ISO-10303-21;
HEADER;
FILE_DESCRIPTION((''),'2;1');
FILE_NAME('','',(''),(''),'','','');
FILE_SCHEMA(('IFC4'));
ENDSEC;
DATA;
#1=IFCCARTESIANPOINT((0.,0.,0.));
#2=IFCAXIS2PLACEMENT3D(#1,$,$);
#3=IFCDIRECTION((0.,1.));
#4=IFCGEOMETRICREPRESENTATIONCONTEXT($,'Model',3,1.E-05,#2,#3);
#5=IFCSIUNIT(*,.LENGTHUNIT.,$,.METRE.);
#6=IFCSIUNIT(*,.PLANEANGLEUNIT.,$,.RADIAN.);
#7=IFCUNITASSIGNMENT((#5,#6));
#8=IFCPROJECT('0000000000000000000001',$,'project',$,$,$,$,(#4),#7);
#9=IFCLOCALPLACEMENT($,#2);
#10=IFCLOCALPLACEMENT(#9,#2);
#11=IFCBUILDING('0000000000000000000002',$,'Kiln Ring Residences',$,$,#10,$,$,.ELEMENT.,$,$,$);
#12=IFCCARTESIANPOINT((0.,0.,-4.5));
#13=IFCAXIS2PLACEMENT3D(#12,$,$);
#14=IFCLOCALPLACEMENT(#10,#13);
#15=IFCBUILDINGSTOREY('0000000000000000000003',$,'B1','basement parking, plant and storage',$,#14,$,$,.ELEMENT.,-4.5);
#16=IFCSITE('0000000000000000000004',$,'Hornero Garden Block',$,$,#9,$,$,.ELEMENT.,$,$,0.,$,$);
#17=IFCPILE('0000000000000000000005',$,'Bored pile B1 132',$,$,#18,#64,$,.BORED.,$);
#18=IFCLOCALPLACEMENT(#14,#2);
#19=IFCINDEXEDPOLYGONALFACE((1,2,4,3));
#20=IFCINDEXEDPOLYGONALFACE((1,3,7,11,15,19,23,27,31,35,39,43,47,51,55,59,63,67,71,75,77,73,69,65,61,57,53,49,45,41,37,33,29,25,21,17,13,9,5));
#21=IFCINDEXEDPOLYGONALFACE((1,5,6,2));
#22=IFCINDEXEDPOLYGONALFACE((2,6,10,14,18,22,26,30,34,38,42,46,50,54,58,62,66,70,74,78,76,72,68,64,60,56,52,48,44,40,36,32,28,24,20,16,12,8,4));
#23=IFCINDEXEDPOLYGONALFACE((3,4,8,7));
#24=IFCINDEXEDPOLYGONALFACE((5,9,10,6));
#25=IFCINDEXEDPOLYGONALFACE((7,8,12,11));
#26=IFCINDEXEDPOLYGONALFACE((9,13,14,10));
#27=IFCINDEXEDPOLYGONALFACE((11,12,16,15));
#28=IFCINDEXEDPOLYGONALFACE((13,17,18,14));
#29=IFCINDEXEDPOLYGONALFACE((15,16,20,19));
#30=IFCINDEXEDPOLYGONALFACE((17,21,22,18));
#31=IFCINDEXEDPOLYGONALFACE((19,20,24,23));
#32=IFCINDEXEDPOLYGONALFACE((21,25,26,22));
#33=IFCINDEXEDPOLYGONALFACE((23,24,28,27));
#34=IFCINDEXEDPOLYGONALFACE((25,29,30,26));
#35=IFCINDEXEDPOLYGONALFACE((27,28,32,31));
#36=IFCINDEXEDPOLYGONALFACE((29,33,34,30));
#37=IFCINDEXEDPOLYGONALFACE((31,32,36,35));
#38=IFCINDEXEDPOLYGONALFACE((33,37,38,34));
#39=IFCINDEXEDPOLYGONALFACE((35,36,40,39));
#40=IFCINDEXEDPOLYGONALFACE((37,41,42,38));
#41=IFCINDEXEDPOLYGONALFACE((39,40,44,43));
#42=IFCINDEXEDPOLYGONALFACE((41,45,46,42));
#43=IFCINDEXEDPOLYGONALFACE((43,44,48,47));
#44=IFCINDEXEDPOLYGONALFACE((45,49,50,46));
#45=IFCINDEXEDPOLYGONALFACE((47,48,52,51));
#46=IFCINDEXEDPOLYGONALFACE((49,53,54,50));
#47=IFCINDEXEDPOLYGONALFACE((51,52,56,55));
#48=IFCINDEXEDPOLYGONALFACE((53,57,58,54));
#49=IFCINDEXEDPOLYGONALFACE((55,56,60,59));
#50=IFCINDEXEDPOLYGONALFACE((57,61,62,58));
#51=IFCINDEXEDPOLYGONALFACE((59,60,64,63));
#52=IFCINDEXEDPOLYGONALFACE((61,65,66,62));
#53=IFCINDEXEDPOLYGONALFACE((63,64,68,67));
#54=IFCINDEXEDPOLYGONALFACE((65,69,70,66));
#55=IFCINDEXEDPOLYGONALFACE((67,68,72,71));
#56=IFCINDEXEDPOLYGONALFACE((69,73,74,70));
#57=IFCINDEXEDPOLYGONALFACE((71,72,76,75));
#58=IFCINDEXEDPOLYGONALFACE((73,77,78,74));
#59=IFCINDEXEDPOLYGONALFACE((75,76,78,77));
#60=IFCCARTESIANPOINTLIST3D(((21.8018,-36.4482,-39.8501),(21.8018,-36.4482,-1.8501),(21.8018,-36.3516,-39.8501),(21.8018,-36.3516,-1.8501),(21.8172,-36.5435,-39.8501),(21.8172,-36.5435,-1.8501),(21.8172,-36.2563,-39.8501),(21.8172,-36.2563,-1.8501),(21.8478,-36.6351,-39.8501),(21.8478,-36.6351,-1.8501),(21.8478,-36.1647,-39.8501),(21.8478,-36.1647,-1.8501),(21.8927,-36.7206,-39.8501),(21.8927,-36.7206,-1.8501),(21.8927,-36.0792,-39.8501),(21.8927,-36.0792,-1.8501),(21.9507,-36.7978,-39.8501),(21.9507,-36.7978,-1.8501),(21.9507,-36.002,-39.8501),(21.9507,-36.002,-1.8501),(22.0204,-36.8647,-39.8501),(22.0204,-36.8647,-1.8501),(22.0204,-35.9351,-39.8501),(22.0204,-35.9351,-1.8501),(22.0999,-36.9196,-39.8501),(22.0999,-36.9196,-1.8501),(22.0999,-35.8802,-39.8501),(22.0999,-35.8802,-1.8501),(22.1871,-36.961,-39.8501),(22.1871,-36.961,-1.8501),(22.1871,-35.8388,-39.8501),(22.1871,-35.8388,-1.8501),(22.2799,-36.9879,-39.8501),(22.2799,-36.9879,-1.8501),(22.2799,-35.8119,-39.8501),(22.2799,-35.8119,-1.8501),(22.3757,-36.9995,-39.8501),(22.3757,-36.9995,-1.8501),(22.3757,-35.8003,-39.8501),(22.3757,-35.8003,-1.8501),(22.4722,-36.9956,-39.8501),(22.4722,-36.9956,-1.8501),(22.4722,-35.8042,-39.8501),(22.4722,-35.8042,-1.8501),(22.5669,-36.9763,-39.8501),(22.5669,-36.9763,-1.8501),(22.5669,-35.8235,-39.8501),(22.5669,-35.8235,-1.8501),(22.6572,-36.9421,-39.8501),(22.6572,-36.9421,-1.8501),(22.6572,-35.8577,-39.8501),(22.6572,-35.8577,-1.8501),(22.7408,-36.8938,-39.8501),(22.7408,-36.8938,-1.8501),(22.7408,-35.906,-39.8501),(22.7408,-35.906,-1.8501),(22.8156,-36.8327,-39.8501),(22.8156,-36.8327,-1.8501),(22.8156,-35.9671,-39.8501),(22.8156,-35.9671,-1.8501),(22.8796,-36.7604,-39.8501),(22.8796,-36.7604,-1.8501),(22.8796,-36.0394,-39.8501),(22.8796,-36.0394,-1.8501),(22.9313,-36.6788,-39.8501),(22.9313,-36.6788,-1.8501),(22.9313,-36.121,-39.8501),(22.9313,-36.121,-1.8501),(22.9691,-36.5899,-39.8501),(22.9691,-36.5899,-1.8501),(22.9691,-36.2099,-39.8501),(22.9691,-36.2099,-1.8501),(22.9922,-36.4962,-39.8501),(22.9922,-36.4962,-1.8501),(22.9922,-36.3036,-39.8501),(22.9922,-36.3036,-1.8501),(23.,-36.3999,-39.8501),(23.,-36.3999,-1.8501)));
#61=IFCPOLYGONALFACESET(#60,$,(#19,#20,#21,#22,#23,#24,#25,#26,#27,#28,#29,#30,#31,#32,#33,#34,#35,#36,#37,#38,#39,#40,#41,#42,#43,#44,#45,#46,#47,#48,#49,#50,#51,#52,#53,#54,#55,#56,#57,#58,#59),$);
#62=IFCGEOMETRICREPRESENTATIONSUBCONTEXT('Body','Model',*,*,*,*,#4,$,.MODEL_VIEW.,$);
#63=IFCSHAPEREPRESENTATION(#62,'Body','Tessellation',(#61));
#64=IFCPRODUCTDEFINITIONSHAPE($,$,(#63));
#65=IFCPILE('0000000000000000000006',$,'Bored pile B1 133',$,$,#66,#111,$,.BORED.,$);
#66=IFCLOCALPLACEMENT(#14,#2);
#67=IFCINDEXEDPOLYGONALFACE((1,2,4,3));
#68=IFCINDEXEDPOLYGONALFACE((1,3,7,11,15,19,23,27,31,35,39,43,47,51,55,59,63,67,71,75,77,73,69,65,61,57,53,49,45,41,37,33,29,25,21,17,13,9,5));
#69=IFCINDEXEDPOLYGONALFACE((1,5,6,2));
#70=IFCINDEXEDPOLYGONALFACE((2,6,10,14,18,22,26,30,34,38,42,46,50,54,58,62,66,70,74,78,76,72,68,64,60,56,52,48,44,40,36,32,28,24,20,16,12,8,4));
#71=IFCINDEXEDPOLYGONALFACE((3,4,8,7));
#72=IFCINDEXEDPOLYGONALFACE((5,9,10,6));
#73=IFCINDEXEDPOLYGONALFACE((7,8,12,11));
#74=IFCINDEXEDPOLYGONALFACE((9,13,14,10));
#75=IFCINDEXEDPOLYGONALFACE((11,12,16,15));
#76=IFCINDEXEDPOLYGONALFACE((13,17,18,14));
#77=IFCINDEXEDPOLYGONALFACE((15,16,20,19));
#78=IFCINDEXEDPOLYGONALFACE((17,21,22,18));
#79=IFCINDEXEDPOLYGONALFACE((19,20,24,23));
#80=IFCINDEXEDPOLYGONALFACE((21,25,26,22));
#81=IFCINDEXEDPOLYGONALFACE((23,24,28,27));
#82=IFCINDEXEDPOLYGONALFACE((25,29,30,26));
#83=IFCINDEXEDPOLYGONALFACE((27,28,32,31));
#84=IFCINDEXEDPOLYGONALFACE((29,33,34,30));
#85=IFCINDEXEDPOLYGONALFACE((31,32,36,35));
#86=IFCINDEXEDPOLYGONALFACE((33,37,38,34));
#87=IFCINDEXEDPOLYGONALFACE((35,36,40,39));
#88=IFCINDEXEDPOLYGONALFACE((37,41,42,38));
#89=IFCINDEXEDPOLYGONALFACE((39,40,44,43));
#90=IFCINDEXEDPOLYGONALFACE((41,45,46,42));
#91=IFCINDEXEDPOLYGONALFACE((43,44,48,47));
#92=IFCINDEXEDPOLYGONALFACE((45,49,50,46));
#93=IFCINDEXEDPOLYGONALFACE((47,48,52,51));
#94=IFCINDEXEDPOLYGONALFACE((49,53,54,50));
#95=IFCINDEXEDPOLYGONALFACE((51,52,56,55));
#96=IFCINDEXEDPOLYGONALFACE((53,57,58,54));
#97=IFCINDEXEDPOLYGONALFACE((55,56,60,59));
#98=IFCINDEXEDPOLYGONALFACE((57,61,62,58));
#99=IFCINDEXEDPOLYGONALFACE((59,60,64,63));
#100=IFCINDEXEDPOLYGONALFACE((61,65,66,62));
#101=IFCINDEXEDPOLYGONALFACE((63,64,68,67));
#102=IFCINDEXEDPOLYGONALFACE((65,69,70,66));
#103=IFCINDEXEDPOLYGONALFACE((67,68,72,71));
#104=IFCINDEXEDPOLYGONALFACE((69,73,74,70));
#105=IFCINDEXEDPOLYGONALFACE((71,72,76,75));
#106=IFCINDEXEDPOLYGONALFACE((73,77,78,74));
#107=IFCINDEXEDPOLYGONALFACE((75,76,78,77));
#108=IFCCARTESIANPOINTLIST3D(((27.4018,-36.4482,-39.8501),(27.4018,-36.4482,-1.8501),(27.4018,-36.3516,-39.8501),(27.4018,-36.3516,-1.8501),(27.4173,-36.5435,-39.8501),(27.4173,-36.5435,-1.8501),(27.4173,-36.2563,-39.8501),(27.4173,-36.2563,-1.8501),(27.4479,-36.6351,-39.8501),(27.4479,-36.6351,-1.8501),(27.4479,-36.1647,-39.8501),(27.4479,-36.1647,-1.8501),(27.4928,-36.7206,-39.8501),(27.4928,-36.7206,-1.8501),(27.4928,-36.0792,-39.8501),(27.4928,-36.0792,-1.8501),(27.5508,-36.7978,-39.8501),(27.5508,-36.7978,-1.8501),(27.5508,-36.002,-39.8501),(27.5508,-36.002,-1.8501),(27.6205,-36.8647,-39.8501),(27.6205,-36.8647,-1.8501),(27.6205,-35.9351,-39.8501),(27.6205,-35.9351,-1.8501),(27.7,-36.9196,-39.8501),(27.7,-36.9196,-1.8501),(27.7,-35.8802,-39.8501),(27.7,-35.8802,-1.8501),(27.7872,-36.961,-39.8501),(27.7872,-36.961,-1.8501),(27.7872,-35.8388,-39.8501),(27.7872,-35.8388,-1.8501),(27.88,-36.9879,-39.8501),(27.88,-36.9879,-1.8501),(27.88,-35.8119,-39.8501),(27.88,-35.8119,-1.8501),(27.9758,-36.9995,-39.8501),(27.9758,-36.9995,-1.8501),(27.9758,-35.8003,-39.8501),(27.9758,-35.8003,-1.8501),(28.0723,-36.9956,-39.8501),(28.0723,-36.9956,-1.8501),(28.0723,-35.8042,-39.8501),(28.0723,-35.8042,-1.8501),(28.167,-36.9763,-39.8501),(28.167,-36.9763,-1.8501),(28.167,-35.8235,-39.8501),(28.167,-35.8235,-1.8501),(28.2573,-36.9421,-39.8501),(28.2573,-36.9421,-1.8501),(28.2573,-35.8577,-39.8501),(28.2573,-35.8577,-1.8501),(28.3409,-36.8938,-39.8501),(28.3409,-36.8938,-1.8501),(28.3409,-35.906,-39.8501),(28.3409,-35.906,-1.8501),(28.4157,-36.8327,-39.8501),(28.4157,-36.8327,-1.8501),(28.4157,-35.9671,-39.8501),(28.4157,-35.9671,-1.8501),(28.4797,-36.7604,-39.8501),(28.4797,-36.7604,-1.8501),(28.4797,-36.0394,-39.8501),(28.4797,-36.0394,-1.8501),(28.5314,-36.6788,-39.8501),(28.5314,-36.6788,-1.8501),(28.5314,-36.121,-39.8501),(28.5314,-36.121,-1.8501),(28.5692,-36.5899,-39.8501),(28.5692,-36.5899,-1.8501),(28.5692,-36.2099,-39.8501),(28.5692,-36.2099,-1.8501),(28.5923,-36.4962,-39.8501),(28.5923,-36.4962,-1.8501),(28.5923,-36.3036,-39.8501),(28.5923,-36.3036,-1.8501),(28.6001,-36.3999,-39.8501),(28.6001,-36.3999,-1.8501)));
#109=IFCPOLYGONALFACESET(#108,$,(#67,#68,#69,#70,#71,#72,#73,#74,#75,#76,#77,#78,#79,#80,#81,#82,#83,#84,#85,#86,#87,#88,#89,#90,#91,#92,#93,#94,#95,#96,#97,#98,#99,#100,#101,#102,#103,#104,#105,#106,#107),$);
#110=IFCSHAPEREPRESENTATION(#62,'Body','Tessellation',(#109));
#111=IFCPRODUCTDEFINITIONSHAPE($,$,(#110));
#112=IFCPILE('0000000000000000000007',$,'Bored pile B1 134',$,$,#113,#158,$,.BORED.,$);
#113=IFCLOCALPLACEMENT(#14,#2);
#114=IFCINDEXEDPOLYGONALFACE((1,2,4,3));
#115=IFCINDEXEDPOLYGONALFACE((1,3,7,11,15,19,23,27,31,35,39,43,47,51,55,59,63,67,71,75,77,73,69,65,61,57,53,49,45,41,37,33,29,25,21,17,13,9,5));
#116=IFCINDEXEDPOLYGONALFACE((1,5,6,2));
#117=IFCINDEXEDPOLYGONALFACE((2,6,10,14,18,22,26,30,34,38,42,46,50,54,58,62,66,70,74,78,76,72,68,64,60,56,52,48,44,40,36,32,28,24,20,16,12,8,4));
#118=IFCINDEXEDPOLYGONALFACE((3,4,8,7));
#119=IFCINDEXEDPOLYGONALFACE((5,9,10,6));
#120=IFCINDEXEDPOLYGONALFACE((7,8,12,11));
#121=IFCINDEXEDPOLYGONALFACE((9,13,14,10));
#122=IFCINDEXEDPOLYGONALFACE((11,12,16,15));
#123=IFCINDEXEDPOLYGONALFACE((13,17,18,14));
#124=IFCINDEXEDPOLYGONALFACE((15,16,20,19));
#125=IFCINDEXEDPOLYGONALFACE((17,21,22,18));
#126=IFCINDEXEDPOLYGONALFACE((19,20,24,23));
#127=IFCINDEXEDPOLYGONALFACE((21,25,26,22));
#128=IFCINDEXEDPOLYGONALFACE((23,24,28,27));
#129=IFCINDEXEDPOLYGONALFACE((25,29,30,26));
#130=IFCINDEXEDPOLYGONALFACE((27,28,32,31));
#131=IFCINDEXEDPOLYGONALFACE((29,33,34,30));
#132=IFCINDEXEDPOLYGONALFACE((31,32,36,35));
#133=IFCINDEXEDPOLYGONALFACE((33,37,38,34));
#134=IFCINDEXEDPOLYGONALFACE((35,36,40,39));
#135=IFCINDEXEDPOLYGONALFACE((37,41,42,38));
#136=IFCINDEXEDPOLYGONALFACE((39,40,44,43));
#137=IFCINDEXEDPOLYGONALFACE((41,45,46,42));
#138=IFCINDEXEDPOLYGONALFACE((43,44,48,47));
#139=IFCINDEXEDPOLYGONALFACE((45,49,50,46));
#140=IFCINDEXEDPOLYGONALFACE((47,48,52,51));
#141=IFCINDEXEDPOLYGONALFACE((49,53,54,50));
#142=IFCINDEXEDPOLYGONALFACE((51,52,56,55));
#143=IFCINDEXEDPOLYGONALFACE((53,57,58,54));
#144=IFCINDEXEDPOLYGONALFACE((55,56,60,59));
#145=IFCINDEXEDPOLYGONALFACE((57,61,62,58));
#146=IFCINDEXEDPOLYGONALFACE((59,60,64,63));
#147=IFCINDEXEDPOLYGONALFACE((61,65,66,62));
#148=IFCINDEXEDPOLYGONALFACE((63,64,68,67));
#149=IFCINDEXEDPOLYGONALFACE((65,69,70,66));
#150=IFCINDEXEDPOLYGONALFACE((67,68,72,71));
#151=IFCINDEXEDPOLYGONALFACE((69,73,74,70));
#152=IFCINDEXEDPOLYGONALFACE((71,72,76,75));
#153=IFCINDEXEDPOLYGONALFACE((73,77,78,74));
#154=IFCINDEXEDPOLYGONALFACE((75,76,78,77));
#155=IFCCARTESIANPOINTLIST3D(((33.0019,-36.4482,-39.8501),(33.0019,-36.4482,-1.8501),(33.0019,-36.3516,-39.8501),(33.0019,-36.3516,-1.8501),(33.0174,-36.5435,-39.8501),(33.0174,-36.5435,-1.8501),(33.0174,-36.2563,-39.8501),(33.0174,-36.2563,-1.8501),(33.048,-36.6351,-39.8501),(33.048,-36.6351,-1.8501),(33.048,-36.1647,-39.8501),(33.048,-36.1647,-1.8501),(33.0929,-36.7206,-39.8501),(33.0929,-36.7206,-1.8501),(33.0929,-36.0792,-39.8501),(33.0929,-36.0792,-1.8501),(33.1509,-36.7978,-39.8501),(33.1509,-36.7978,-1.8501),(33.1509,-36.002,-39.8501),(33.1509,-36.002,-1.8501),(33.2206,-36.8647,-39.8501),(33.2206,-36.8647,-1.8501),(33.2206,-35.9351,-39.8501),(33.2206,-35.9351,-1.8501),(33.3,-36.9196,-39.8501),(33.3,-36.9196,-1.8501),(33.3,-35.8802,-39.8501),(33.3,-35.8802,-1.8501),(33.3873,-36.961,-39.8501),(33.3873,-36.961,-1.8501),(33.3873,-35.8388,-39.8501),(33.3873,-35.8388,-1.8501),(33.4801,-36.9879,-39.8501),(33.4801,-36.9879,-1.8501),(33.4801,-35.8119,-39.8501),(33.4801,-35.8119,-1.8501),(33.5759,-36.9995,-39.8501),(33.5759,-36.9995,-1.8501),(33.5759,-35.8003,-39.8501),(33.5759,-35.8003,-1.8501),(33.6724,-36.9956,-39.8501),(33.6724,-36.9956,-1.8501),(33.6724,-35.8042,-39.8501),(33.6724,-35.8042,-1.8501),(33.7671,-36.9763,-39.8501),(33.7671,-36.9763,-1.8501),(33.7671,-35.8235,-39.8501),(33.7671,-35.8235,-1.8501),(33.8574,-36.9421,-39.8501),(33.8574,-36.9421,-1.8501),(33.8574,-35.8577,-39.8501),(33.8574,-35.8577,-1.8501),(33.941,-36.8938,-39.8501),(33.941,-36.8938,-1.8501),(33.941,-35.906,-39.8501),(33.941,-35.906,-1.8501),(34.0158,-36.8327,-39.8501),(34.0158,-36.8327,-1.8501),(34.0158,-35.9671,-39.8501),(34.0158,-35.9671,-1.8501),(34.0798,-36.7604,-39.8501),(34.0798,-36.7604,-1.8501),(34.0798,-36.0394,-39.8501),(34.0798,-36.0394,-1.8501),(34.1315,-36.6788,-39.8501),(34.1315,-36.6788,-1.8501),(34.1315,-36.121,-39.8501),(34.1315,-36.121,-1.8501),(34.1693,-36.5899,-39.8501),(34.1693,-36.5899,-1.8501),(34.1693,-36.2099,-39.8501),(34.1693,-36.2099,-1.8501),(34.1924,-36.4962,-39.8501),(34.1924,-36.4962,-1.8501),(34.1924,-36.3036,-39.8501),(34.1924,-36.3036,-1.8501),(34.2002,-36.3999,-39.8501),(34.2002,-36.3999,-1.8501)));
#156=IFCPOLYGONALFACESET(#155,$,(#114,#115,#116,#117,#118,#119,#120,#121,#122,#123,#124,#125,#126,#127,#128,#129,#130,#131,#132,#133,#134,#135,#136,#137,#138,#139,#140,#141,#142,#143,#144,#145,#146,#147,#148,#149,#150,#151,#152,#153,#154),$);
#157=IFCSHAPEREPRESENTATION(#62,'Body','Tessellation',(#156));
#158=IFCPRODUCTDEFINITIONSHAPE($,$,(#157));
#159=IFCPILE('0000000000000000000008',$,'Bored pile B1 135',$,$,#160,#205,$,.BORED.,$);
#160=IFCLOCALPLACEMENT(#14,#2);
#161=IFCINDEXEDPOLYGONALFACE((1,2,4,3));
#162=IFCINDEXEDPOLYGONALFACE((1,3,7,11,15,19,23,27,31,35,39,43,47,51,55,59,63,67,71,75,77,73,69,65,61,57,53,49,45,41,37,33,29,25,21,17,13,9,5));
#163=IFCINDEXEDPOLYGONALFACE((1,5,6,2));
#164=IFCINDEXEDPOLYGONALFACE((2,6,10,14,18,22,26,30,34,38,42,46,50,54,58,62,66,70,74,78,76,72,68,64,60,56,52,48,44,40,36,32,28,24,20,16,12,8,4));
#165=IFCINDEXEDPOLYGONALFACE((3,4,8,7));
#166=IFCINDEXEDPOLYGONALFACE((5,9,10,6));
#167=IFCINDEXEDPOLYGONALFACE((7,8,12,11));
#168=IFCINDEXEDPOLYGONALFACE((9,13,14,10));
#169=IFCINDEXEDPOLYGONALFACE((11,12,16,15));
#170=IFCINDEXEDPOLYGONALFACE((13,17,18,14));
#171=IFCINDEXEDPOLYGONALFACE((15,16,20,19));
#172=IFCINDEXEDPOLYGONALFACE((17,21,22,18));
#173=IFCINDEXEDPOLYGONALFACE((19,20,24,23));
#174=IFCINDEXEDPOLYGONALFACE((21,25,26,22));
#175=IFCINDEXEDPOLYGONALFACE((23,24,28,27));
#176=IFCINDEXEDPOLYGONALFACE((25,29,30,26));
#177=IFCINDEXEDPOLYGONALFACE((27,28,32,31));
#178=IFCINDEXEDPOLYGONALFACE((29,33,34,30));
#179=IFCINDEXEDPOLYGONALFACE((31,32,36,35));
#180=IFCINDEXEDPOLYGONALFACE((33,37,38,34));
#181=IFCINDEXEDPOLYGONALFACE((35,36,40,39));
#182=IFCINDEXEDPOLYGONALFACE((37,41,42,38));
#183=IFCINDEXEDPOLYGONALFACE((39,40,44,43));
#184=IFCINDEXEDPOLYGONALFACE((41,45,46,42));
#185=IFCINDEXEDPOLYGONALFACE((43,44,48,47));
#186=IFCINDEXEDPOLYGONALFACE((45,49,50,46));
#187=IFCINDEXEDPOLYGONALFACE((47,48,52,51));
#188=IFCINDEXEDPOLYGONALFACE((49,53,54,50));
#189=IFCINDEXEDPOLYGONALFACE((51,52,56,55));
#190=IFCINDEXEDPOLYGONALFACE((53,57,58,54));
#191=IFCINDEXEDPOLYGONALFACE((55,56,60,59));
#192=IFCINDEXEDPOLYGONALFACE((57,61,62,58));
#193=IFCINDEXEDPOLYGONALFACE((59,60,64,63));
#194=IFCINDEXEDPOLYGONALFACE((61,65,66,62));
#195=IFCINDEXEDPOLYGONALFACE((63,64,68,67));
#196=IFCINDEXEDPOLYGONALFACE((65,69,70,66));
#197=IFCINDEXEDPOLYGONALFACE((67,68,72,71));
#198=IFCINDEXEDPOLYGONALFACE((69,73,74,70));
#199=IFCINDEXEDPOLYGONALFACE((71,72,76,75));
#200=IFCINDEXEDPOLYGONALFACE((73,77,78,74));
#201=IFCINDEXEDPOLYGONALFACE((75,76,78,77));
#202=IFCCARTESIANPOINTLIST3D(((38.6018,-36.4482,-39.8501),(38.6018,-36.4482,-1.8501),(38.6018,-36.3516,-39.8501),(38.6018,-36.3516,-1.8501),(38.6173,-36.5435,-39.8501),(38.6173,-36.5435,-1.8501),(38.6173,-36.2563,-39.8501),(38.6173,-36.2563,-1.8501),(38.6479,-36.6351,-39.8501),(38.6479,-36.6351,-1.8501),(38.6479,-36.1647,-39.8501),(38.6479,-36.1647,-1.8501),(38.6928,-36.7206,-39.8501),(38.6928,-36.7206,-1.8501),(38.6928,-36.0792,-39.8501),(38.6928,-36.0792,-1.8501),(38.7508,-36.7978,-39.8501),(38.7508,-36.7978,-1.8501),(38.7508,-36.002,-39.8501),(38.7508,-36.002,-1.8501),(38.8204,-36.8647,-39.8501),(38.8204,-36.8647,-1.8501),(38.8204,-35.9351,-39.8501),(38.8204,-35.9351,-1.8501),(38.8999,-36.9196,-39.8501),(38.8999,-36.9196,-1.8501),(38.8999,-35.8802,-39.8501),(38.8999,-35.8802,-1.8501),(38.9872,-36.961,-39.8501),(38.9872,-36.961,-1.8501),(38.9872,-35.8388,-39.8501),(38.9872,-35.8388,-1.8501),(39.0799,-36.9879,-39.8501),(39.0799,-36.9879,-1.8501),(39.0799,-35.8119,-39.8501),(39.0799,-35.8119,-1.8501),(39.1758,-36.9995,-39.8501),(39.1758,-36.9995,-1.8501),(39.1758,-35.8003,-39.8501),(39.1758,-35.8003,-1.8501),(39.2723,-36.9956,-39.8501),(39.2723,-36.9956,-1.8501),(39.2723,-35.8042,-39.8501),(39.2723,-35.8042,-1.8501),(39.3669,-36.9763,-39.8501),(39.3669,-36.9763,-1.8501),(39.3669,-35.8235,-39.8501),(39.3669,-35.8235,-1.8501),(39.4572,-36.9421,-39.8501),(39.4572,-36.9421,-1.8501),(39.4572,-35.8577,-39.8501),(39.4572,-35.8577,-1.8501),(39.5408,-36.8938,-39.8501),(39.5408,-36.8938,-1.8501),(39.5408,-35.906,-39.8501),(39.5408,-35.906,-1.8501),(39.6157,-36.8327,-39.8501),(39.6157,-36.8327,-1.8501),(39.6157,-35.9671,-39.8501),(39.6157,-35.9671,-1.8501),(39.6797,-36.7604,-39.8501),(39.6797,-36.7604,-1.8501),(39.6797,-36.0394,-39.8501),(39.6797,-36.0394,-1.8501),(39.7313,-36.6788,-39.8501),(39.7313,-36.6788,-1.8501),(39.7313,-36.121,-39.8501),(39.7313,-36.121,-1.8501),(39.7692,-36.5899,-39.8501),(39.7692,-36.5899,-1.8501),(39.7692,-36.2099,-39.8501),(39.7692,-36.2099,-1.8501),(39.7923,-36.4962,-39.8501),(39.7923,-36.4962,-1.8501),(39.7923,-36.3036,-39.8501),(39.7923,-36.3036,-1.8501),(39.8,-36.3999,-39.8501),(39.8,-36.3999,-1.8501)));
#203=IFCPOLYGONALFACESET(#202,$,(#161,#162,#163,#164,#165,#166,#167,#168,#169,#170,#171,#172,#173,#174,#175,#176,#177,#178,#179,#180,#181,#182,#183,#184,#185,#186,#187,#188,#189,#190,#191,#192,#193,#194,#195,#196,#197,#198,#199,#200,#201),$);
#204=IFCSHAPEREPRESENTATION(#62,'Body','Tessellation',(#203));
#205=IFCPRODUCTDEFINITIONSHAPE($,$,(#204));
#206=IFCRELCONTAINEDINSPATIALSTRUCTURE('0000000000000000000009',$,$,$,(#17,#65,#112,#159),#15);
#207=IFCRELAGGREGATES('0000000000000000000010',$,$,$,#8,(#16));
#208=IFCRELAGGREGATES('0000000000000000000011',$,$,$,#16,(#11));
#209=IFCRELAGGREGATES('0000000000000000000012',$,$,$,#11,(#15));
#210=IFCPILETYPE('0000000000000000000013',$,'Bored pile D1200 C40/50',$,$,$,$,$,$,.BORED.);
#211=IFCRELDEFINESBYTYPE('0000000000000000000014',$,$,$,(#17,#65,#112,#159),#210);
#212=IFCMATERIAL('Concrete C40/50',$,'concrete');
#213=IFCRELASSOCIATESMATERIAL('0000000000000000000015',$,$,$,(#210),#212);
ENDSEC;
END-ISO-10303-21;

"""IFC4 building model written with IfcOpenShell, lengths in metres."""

from ifc_helpers import new_model, si_unit, direction, frame, origin, origin_2d, place, context, subcontext, project, spatial, circle, extrude, material, material_profile, profile_set, type_object, element, save


model = new_model("IFC4")

# Units and contexts
model_context = context("Model", 3, precision=1e-05, world=origin(), true_north=direction((0.0, 1.0)))
body_context = subcontext(model_context, "Body", "Model", "MODEL_VIEW")
ifc_project = project(units=[si_unit("LENGTHUNIT", "METRE"), si_unit("PLANEANGLEUNIT", "RADIAN")], contexts=[model_context])

# Site, building, storey
site_placement = place(None, origin())
site = spatial("IfcSite", under=ifc_project, at=site_placement, Name="Hornero Garden Block", CompositionType="ELEMENT", RefElevation=0.0)
building_placement = place(site_placement, origin())
building = spatial("IfcBuilding", under=site, at=building_placement, Name="Kiln Ring Residences", CompositionType="ELEMENT")
storey_placement = place(building_placement, frame((0.0, 0.0, -4.5)))
storey = spatial("IfcBuildingStorey", under=building, at=storey_placement, Name="B1", Description="basement parking, plant and storage", CompositionType="ELEMENT", Elevation=-4.5)

# Piles
ifc_material_1 = material(Name="Concrete C40/50", Category="concrete")
ifc_material_profile_1 = material_profile(ifc_material_1, circle(Radius=0.6001, at=origin_2d()), Name="BORED1200")
ifc_profile_set_1 = profile_set([ifc_material_profile_1], Name="Concrete C40/50")
pile_type = type_object("IfcPileType", Name="Bored pile D1200 C40/50", PredefinedType="BORED", material=ifc_profile_set_1)
for number, where, z_axis, x_axis, name in (
    (1, (22.3999, -36.3999, -1.8501), (0.0, 0.0, -1.0), (1.0, 0.0, 0.0), "Bored pile B1 132"),
    (2, (28.0, -36.3999, -1.8501), (0.0, 0.0, -1.0), (1.0, 0.0, 0.0), "Bored pile B1 133"),
    (3, (33.6001, -36.3999, -1.8501), (0.0, 0.0, -1.0), (1.0, 0.0, 0.0), "Bored pile B1 134"),
    (4, (39.2, -36.3999, -1.8501), (0.0, 0.0, -1.0), (1.0, 0.0, 0.0), "Bored pile B1 135"),
):
    element("IfcPile", number, at=place(storey_placement, frame(where, z_axis=z_axis, x_axis=x_axis)), inside=storey, type_object=pile_type, Name=name, PredefinedType="BORED", context=body_context, shape_type="SweptSolid", body=[
        extrude(circle(Radius=0.6001, at=origin_2d()), origin(), (0.0, 0.0, 1.0), 38.0),
    ])

save(model, "model.ifc")
